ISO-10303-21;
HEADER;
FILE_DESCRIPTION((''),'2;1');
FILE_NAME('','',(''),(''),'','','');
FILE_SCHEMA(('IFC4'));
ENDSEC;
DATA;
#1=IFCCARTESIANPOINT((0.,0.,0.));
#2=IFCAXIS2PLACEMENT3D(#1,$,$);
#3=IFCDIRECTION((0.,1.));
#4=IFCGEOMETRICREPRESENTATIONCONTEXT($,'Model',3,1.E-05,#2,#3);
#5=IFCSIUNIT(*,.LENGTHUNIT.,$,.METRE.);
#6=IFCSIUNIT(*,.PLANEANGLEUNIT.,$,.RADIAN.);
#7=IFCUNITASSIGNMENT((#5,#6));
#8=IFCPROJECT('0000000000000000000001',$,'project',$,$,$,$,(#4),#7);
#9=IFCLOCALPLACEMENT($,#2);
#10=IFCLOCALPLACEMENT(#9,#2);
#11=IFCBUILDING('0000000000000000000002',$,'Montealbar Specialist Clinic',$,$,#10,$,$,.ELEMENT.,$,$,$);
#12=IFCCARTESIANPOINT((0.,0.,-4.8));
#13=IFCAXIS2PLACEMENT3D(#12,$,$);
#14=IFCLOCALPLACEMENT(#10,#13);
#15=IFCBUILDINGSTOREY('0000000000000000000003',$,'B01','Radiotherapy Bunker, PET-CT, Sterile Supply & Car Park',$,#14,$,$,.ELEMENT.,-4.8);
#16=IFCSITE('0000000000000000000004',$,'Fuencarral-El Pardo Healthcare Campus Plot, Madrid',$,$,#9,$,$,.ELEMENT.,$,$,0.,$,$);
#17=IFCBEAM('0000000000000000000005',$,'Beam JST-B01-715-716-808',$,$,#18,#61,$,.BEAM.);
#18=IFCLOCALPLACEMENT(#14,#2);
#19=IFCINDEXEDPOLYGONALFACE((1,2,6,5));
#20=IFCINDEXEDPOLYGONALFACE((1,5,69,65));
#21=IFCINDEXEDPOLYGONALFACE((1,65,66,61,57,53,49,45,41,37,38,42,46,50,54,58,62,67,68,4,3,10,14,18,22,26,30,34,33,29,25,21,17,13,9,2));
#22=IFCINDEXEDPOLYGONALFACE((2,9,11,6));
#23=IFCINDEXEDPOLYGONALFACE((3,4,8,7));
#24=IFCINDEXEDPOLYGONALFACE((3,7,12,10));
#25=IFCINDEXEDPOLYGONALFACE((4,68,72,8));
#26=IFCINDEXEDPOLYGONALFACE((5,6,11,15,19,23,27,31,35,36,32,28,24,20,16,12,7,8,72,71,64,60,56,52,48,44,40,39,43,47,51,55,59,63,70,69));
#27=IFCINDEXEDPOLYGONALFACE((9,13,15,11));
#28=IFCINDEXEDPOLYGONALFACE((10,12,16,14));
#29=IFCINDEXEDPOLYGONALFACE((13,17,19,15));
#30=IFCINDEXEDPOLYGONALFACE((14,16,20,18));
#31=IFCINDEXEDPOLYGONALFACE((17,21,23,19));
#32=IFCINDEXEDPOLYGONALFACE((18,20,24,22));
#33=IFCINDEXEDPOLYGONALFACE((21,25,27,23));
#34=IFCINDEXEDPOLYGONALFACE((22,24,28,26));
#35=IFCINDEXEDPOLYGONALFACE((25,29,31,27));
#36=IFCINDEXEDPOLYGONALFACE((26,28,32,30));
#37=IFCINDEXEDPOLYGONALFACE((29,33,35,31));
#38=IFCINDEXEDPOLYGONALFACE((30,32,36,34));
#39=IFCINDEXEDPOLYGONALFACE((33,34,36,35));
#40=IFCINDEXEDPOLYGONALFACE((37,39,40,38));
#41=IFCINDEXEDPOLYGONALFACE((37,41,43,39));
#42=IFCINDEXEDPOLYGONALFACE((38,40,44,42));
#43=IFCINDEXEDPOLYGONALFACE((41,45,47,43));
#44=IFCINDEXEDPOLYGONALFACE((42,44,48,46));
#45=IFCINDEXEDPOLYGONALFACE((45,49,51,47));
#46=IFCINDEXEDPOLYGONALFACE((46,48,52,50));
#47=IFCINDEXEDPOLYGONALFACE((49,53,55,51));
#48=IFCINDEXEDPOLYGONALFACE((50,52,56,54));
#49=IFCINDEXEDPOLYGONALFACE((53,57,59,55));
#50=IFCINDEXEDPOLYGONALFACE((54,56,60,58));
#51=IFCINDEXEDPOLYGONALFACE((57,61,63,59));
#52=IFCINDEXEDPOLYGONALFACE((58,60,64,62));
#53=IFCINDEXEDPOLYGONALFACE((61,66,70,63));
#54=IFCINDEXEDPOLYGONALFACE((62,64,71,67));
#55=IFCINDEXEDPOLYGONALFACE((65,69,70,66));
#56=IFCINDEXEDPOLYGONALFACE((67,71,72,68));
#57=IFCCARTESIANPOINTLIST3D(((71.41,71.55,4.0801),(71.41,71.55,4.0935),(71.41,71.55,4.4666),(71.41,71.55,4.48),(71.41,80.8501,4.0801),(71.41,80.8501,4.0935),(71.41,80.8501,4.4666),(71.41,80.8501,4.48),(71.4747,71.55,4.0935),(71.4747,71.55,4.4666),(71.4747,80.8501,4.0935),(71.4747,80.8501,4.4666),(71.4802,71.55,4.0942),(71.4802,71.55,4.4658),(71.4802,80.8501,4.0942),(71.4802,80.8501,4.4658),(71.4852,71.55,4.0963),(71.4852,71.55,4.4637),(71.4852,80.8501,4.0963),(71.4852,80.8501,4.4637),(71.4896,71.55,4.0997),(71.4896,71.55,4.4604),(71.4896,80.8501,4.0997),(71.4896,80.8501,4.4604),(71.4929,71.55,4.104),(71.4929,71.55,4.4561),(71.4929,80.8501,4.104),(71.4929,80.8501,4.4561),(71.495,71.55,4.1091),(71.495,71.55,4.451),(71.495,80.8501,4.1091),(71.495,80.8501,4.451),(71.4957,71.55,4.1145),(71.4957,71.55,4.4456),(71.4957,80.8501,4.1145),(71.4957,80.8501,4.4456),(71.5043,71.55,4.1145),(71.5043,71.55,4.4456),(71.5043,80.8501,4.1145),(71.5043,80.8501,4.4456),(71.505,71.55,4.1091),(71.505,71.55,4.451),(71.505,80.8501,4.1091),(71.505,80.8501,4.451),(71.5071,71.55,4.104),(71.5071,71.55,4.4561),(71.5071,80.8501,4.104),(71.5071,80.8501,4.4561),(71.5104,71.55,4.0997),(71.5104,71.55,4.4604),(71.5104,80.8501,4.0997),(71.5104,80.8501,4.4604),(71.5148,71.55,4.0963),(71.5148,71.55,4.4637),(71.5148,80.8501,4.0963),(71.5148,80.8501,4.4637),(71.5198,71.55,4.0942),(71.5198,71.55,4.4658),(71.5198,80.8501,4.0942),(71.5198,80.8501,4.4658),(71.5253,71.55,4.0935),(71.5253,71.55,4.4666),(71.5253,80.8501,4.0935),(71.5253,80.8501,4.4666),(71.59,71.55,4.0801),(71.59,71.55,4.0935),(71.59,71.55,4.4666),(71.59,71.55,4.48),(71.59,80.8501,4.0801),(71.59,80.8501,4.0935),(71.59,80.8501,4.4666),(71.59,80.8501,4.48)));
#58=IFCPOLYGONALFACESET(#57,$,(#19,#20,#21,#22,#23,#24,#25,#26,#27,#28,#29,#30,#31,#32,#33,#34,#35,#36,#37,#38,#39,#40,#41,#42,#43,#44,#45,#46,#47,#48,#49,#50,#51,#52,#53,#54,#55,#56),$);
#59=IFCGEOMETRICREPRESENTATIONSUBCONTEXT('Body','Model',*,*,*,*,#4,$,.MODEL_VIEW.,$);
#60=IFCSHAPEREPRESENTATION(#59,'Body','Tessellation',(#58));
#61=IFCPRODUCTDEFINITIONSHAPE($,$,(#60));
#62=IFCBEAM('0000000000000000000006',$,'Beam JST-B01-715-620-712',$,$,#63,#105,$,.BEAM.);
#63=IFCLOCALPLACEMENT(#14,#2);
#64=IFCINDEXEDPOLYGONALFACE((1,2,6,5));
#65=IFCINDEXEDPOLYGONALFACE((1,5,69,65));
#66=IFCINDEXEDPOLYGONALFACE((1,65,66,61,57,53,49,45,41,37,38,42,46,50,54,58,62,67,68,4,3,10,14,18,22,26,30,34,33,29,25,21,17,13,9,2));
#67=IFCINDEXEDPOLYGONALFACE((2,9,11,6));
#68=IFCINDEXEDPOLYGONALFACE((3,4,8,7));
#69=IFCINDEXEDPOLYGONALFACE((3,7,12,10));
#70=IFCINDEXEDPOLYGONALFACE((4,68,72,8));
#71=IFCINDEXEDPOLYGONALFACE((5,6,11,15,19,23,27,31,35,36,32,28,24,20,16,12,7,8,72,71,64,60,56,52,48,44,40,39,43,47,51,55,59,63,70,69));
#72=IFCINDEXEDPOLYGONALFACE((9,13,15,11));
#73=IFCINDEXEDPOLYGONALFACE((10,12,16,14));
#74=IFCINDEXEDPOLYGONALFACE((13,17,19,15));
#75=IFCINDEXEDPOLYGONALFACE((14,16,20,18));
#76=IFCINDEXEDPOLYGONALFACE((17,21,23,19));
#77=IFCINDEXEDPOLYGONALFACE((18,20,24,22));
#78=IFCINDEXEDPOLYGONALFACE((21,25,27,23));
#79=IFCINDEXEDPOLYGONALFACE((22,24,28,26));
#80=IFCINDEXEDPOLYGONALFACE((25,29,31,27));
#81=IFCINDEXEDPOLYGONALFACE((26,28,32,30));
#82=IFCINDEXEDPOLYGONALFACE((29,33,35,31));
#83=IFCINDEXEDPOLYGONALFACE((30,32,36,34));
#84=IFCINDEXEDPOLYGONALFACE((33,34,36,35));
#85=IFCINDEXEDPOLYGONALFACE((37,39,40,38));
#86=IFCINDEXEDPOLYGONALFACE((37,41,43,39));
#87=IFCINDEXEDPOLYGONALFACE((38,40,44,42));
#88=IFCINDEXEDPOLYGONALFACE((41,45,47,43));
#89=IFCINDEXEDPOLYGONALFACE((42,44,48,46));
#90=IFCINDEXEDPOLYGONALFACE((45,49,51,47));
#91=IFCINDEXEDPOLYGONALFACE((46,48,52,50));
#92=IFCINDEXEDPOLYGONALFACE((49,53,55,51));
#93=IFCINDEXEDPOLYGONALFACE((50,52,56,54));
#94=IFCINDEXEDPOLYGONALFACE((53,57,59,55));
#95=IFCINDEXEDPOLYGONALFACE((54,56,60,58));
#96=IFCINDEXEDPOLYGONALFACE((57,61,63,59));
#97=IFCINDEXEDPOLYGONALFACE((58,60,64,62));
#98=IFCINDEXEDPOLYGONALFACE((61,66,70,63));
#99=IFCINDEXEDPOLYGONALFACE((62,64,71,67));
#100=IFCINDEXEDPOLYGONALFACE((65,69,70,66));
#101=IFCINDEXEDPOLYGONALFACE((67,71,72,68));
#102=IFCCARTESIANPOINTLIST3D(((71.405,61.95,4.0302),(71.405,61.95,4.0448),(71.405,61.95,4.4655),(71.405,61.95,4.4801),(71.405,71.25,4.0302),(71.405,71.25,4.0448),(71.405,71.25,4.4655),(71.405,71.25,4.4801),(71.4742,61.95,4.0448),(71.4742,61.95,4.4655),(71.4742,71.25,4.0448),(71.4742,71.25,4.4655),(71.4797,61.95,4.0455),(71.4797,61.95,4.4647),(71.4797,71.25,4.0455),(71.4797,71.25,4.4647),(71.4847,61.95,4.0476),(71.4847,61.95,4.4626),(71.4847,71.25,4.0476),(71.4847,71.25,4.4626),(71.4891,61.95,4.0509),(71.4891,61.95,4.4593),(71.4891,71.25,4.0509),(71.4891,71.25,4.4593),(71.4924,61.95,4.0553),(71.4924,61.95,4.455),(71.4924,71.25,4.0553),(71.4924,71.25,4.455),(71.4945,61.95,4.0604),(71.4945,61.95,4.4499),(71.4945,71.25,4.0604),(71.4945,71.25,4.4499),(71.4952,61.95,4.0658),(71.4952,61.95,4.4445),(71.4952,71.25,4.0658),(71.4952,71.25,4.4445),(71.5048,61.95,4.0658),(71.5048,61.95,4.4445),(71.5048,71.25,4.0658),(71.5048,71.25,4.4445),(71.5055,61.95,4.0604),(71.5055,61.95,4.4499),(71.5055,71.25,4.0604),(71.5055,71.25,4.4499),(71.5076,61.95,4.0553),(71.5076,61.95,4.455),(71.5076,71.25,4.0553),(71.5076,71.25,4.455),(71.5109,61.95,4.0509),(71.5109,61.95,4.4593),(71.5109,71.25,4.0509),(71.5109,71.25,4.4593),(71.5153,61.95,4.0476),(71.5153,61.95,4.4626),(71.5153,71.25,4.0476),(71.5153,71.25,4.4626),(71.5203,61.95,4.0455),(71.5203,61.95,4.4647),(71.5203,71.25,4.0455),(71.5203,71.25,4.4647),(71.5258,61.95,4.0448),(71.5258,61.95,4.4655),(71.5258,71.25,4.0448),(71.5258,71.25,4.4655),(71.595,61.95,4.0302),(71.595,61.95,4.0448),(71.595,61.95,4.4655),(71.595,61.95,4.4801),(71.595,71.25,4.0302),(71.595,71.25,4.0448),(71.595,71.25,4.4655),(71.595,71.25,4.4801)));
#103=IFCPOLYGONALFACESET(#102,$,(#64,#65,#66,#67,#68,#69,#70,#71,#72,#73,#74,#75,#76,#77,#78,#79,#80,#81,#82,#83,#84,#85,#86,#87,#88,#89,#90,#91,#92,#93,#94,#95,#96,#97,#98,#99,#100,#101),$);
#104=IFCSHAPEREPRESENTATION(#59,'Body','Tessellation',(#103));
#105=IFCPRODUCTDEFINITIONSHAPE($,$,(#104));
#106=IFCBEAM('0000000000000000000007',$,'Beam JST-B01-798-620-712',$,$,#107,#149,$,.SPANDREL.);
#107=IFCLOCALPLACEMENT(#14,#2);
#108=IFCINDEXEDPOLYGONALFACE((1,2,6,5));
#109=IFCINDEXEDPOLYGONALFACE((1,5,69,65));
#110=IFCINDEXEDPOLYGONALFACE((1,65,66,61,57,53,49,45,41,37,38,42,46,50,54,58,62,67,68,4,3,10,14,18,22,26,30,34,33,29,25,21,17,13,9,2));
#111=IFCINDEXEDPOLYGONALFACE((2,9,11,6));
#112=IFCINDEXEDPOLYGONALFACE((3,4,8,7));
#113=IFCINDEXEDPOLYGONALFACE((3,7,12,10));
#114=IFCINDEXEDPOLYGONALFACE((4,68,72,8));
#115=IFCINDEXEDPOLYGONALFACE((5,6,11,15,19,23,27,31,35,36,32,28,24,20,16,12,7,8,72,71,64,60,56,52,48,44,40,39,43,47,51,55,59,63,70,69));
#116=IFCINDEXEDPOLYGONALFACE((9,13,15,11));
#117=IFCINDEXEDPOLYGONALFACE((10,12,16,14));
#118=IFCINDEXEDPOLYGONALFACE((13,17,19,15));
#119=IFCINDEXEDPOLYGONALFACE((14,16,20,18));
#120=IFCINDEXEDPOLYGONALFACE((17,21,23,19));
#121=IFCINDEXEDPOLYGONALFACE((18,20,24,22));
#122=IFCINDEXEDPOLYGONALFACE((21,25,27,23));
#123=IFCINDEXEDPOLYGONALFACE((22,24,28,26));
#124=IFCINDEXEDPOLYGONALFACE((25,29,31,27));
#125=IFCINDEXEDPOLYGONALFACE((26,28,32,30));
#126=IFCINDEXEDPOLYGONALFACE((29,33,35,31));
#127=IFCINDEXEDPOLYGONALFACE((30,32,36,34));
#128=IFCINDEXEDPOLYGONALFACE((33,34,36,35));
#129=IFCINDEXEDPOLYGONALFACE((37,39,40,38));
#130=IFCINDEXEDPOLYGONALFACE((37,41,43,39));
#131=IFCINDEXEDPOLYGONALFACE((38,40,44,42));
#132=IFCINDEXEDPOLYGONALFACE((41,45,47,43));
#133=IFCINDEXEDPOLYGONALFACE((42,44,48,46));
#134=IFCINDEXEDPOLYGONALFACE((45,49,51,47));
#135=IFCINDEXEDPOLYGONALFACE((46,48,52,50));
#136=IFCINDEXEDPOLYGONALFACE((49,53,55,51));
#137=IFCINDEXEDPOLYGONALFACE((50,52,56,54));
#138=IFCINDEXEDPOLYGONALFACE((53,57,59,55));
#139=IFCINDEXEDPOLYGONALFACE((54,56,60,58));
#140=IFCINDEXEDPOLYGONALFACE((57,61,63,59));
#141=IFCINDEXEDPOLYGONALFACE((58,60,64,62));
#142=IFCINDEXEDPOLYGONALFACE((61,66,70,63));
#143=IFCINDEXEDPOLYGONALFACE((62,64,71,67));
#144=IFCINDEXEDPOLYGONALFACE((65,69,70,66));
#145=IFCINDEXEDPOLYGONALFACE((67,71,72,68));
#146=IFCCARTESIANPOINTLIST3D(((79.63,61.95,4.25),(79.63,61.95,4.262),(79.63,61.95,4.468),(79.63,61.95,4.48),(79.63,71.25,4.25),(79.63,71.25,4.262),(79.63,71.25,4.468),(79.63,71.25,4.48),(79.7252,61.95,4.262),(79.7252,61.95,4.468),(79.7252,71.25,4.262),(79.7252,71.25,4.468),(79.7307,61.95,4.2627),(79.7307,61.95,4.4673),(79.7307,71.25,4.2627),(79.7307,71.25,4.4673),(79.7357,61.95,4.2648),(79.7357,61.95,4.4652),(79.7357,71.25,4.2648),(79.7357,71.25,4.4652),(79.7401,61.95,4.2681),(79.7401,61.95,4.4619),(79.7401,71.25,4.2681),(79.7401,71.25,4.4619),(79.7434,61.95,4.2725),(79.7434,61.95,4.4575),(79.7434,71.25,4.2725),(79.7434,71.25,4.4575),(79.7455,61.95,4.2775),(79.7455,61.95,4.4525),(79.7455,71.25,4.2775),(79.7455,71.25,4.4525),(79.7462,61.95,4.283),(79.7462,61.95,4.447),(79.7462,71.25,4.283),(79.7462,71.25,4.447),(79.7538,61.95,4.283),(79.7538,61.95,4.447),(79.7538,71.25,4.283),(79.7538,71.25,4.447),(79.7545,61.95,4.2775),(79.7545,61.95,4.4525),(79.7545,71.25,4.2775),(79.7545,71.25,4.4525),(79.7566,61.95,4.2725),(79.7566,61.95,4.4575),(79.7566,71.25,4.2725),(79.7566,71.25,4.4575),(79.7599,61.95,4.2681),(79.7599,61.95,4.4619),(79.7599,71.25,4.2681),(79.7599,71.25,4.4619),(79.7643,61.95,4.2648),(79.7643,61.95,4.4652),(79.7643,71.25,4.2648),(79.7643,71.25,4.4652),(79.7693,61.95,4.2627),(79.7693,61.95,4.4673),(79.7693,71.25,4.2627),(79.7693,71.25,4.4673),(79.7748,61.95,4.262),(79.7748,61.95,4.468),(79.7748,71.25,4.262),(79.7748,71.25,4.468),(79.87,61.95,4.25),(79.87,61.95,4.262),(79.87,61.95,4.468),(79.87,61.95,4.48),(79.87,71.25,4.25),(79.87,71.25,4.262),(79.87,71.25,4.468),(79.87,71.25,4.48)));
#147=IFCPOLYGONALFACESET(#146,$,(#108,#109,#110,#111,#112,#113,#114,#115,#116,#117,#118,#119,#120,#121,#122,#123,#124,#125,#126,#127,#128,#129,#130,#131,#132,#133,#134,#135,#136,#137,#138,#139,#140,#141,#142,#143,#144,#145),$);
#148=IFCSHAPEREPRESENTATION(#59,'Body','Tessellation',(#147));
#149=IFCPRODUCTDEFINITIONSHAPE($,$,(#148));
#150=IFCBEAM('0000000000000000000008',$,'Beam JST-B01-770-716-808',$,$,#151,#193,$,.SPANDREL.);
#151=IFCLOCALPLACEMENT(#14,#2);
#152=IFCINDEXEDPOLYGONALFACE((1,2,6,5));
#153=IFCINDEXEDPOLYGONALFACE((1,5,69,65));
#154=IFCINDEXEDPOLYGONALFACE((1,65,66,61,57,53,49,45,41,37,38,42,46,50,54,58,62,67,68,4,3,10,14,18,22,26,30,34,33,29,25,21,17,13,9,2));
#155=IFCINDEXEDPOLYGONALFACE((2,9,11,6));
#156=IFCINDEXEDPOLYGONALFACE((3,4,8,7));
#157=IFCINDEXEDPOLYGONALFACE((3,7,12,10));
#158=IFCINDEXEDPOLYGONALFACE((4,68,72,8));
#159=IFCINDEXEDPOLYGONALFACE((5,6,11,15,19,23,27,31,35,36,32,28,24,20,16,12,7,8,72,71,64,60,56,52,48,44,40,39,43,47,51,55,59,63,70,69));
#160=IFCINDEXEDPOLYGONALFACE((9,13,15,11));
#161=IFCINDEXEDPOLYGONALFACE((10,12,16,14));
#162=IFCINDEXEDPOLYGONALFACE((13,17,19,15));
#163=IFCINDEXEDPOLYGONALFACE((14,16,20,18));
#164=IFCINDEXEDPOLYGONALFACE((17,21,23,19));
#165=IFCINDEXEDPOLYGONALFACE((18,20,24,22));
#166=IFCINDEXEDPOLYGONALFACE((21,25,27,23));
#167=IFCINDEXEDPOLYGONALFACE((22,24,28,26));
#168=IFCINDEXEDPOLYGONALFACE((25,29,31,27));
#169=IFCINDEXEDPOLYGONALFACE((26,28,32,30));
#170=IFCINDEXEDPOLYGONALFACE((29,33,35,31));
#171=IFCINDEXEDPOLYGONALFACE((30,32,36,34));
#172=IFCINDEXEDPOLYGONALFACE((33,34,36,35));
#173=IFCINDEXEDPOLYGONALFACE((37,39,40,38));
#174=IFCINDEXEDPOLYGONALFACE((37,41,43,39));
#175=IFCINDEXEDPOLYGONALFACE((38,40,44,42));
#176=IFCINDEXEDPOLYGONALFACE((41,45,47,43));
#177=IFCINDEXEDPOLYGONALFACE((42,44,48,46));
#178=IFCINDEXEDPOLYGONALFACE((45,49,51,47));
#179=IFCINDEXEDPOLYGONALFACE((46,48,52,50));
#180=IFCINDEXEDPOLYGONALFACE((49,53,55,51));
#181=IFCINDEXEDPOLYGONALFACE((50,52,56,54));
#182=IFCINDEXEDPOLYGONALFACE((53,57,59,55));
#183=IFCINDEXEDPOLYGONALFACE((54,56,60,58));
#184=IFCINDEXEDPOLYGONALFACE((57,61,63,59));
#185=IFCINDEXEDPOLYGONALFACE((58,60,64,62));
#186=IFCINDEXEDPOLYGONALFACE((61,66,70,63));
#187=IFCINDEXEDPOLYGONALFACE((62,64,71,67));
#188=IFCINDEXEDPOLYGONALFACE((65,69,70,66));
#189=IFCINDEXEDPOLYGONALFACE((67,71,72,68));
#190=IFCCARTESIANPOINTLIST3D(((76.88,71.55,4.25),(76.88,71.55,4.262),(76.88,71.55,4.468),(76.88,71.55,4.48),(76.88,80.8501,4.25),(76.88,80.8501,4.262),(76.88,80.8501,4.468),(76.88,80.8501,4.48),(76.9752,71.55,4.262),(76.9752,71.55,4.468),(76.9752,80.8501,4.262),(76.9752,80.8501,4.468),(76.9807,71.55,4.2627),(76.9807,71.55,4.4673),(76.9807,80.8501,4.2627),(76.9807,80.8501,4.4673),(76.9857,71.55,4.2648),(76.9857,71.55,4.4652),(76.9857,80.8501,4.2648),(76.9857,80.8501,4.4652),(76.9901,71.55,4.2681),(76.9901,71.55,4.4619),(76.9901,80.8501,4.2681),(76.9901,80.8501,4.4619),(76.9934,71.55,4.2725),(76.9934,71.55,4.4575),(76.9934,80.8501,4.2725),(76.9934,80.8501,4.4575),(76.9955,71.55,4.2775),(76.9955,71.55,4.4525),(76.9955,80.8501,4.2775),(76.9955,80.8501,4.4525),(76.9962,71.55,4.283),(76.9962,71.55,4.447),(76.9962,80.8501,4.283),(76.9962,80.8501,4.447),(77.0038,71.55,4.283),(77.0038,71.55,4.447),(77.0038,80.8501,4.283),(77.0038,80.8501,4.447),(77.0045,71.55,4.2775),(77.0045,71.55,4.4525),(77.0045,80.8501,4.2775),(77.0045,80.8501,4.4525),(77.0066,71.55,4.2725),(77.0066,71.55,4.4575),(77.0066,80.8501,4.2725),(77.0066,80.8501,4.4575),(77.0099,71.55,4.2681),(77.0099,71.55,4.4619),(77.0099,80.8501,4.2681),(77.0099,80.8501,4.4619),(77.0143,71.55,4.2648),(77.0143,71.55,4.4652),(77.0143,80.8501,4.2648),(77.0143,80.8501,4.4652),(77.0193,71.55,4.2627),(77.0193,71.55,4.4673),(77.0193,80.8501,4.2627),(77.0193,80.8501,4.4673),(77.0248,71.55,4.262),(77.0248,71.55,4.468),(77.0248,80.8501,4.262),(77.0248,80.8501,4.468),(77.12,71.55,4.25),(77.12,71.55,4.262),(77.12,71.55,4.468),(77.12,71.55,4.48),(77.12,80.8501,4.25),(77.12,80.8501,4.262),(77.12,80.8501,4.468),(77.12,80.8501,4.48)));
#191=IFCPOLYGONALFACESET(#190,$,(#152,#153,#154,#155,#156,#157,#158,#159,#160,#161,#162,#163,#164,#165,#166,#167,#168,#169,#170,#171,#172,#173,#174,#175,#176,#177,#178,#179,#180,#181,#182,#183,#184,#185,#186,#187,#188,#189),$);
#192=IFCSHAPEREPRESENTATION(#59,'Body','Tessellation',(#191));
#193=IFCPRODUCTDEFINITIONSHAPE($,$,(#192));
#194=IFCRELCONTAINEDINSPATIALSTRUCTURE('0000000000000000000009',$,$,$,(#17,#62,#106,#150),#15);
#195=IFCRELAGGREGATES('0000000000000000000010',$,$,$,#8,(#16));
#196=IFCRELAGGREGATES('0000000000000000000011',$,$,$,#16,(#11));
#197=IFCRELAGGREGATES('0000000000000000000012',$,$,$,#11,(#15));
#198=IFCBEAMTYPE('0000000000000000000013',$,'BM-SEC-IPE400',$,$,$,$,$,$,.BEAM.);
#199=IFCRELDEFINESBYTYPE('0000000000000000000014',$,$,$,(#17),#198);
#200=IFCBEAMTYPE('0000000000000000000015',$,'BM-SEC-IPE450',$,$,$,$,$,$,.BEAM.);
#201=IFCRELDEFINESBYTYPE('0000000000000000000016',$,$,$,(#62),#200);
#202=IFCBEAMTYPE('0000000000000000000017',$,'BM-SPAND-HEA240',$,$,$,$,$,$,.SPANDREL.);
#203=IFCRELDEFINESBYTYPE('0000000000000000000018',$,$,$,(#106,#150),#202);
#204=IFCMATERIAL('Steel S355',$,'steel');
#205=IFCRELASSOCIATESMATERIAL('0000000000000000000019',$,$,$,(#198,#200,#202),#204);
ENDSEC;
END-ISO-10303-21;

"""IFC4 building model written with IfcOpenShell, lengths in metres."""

from ifc_helpers import new_model, si_unit, direction, frame, origin, origin_2d, place, context, subcontext, project, spatial, i_section, extrude, material, material_profile, profile_set, type_object, element, save


model = new_model("IFC4")

# Units and contexts
model_context = context("Model", 3, precision=1e-05, world=origin(), true_north=direction((0.0, 1.0)))
body_context = subcontext(model_context, "Body", "Model", "MODEL_VIEW")
ifc_project = project(units=[si_unit("LENGTHUNIT", "METRE"), si_unit("PLANEANGLEUNIT", "RADIAN")], contexts=[model_context])

# Site, building, storey
site_placement = place(None, origin())
site = spatial("IfcSite", under=ifc_project, at=site_placement, Name="Fuencarral-El Pardo Healthcare Campus Plot, Madrid", CompositionType="ELEMENT", RefElevation=0.0)
building_placement = place(site_placement, origin())
building = spatial("IfcBuilding", under=site, at=building_placement, Name="Montealbar Specialist Clinic", CompositionType="ELEMENT")
storey_placement = place(building_placement, frame((0.0, 0.0, -4.8)))
storey = spatial("IfcBuildingStorey", under=building, at=storey_placement, Name="B01", Description="Radiotherapy Bunker, PET-CT, Sterile Supply & Car Park", CompositionType="ELEMENT", Elevation=-4.8)

# Shared definitions
ifc_material_1 = material(Name="Steel S355", Category="steel")

# Beams
ifc_material_profile_1 = material_profile(ifc_material_1, i_section(OverallWidth=0.1799, OverallDepth=0.3999, WebThickness=0.0085, FlangeThickness=0.0134, FilletRadius=0.021, at=origin_2d()), Name="IPE 400", Category="steel")
ifc_profile_set_1 = profile_set([ifc_material_profile_1], Name="Steel S355")
beam_type_1 = type_object("IfcBeamType", Name="BM-SEC-IPE400", PredefinedType="BEAM", material=ifc_profile_set_1)
beam_1_placement = place(storey_placement, frame((71.5, 71.55, 4.28), z_axis=(0.0, 1.0, 0.0), x_axis=(-1.0, 0.0, 0.0)))
element("IfcBeam", 1, at=beam_1_placement, inside=storey, type_object=beam_type_1, Name="Beam JST-B01-715-716-808", PredefinedType="BEAM", context=body_context, shape_type="SweptSolid", body=[
    extrude(i_section(OverallWidth=0.1799, OverallDepth=0.3999, WebThickness=0.0085, FlangeThickness=0.0134, FilletRadius=0.021, at=origin_2d()), origin(), (0.0, 0.0, 1.0), 9.3),
])
ifc_material_profile_2 = material_profile(ifc_material_1, i_section(OverallWidth=0.1899, OverallDepth=0.45, WebThickness=0.0095, FlangeThickness=0.0146, FilletRadius=0.021, at=origin_2d()), Name="IPE 450", Category="steel")
ifc_profile_set_2 = profile_set([ifc_material_profile_2], Name="Steel S355")
beam_type_2 = type_object("IfcBeamType", Name="BM-SEC-IPE450", PredefinedType="BEAM", material=ifc_profile_set_2)
beam_2_placement = place(storey_placement, frame((71.5, 61.95, 4.2551), z_axis=(0.0, 1.0, 0.0), x_axis=(-1.0, 0.0, 0.0)))
element("IfcBeam", 2, at=beam_2_placement, inside=storey, type_object=beam_type_2, Name="Beam JST-B01-715-620-712", PredefinedType="BEAM", context=body_context, shape_type="SweptSolid", body=[
    extrude(i_section(OverallWidth=0.1899, OverallDepth=0.45, WebThickness=0.0095, FlangeThickness=0.0146, FilletRadius=0.021, at=origin_2d()), origin(), (0.0, 0.0, 1.0), 9.3),
])
ifc_material_profile_3 = material_profile(ifc_material_1, i_section(OverallWidth=0.24, OverallDepth=0.23, WebThickness=0.0076, FlangeThickness=0.012, FilletRadius=0.021, at=origin_2d()), Name="HEA 240", Category="steel")
ifc_profile_set_3 = profile_set([ifc_material_profile_3], Name="Steel S355")
beam_type_3 = type_object("IfcBeamType", Name="BM-SPAND-HEA240", PredefinedType="SPANDREL", material=ifc_profile_set_3)
for number, where, z_axis, x_axis, name in (
    (3, (79.75, 61.95, 4.365), (0.0, 1.0, 0.0), (-1.0, 0.0, 0.0), "Beam JST-B01-798-620-712"),
    (4, (77.0, 71.55, 4.365), (0.0, 1.0, 0.0), (-1.0, 0.0, 0.0), "Beam JST-B01-770-716-808"),
):
    element("IfcBeam", number, at=place(storey_placement, frame(where, z_axis=z_axis, x_axis=x_axis)), inside=storey, type_object=beam_type_3, Name=name, PredefinedType="SPANDREL", context=body_context, shape_type="SweptSolid", body=[
        extrude(i_section(OverallWidth=0.24, OverallDepth=0.23, WebThickness=0.0076, FlangeThickness=0.012, FilletRadius=0.021, at=origin_2d()), origin(), (0.0, 0.0, 1.0), 9.3),
    ])

save(model, "model.ifc")
